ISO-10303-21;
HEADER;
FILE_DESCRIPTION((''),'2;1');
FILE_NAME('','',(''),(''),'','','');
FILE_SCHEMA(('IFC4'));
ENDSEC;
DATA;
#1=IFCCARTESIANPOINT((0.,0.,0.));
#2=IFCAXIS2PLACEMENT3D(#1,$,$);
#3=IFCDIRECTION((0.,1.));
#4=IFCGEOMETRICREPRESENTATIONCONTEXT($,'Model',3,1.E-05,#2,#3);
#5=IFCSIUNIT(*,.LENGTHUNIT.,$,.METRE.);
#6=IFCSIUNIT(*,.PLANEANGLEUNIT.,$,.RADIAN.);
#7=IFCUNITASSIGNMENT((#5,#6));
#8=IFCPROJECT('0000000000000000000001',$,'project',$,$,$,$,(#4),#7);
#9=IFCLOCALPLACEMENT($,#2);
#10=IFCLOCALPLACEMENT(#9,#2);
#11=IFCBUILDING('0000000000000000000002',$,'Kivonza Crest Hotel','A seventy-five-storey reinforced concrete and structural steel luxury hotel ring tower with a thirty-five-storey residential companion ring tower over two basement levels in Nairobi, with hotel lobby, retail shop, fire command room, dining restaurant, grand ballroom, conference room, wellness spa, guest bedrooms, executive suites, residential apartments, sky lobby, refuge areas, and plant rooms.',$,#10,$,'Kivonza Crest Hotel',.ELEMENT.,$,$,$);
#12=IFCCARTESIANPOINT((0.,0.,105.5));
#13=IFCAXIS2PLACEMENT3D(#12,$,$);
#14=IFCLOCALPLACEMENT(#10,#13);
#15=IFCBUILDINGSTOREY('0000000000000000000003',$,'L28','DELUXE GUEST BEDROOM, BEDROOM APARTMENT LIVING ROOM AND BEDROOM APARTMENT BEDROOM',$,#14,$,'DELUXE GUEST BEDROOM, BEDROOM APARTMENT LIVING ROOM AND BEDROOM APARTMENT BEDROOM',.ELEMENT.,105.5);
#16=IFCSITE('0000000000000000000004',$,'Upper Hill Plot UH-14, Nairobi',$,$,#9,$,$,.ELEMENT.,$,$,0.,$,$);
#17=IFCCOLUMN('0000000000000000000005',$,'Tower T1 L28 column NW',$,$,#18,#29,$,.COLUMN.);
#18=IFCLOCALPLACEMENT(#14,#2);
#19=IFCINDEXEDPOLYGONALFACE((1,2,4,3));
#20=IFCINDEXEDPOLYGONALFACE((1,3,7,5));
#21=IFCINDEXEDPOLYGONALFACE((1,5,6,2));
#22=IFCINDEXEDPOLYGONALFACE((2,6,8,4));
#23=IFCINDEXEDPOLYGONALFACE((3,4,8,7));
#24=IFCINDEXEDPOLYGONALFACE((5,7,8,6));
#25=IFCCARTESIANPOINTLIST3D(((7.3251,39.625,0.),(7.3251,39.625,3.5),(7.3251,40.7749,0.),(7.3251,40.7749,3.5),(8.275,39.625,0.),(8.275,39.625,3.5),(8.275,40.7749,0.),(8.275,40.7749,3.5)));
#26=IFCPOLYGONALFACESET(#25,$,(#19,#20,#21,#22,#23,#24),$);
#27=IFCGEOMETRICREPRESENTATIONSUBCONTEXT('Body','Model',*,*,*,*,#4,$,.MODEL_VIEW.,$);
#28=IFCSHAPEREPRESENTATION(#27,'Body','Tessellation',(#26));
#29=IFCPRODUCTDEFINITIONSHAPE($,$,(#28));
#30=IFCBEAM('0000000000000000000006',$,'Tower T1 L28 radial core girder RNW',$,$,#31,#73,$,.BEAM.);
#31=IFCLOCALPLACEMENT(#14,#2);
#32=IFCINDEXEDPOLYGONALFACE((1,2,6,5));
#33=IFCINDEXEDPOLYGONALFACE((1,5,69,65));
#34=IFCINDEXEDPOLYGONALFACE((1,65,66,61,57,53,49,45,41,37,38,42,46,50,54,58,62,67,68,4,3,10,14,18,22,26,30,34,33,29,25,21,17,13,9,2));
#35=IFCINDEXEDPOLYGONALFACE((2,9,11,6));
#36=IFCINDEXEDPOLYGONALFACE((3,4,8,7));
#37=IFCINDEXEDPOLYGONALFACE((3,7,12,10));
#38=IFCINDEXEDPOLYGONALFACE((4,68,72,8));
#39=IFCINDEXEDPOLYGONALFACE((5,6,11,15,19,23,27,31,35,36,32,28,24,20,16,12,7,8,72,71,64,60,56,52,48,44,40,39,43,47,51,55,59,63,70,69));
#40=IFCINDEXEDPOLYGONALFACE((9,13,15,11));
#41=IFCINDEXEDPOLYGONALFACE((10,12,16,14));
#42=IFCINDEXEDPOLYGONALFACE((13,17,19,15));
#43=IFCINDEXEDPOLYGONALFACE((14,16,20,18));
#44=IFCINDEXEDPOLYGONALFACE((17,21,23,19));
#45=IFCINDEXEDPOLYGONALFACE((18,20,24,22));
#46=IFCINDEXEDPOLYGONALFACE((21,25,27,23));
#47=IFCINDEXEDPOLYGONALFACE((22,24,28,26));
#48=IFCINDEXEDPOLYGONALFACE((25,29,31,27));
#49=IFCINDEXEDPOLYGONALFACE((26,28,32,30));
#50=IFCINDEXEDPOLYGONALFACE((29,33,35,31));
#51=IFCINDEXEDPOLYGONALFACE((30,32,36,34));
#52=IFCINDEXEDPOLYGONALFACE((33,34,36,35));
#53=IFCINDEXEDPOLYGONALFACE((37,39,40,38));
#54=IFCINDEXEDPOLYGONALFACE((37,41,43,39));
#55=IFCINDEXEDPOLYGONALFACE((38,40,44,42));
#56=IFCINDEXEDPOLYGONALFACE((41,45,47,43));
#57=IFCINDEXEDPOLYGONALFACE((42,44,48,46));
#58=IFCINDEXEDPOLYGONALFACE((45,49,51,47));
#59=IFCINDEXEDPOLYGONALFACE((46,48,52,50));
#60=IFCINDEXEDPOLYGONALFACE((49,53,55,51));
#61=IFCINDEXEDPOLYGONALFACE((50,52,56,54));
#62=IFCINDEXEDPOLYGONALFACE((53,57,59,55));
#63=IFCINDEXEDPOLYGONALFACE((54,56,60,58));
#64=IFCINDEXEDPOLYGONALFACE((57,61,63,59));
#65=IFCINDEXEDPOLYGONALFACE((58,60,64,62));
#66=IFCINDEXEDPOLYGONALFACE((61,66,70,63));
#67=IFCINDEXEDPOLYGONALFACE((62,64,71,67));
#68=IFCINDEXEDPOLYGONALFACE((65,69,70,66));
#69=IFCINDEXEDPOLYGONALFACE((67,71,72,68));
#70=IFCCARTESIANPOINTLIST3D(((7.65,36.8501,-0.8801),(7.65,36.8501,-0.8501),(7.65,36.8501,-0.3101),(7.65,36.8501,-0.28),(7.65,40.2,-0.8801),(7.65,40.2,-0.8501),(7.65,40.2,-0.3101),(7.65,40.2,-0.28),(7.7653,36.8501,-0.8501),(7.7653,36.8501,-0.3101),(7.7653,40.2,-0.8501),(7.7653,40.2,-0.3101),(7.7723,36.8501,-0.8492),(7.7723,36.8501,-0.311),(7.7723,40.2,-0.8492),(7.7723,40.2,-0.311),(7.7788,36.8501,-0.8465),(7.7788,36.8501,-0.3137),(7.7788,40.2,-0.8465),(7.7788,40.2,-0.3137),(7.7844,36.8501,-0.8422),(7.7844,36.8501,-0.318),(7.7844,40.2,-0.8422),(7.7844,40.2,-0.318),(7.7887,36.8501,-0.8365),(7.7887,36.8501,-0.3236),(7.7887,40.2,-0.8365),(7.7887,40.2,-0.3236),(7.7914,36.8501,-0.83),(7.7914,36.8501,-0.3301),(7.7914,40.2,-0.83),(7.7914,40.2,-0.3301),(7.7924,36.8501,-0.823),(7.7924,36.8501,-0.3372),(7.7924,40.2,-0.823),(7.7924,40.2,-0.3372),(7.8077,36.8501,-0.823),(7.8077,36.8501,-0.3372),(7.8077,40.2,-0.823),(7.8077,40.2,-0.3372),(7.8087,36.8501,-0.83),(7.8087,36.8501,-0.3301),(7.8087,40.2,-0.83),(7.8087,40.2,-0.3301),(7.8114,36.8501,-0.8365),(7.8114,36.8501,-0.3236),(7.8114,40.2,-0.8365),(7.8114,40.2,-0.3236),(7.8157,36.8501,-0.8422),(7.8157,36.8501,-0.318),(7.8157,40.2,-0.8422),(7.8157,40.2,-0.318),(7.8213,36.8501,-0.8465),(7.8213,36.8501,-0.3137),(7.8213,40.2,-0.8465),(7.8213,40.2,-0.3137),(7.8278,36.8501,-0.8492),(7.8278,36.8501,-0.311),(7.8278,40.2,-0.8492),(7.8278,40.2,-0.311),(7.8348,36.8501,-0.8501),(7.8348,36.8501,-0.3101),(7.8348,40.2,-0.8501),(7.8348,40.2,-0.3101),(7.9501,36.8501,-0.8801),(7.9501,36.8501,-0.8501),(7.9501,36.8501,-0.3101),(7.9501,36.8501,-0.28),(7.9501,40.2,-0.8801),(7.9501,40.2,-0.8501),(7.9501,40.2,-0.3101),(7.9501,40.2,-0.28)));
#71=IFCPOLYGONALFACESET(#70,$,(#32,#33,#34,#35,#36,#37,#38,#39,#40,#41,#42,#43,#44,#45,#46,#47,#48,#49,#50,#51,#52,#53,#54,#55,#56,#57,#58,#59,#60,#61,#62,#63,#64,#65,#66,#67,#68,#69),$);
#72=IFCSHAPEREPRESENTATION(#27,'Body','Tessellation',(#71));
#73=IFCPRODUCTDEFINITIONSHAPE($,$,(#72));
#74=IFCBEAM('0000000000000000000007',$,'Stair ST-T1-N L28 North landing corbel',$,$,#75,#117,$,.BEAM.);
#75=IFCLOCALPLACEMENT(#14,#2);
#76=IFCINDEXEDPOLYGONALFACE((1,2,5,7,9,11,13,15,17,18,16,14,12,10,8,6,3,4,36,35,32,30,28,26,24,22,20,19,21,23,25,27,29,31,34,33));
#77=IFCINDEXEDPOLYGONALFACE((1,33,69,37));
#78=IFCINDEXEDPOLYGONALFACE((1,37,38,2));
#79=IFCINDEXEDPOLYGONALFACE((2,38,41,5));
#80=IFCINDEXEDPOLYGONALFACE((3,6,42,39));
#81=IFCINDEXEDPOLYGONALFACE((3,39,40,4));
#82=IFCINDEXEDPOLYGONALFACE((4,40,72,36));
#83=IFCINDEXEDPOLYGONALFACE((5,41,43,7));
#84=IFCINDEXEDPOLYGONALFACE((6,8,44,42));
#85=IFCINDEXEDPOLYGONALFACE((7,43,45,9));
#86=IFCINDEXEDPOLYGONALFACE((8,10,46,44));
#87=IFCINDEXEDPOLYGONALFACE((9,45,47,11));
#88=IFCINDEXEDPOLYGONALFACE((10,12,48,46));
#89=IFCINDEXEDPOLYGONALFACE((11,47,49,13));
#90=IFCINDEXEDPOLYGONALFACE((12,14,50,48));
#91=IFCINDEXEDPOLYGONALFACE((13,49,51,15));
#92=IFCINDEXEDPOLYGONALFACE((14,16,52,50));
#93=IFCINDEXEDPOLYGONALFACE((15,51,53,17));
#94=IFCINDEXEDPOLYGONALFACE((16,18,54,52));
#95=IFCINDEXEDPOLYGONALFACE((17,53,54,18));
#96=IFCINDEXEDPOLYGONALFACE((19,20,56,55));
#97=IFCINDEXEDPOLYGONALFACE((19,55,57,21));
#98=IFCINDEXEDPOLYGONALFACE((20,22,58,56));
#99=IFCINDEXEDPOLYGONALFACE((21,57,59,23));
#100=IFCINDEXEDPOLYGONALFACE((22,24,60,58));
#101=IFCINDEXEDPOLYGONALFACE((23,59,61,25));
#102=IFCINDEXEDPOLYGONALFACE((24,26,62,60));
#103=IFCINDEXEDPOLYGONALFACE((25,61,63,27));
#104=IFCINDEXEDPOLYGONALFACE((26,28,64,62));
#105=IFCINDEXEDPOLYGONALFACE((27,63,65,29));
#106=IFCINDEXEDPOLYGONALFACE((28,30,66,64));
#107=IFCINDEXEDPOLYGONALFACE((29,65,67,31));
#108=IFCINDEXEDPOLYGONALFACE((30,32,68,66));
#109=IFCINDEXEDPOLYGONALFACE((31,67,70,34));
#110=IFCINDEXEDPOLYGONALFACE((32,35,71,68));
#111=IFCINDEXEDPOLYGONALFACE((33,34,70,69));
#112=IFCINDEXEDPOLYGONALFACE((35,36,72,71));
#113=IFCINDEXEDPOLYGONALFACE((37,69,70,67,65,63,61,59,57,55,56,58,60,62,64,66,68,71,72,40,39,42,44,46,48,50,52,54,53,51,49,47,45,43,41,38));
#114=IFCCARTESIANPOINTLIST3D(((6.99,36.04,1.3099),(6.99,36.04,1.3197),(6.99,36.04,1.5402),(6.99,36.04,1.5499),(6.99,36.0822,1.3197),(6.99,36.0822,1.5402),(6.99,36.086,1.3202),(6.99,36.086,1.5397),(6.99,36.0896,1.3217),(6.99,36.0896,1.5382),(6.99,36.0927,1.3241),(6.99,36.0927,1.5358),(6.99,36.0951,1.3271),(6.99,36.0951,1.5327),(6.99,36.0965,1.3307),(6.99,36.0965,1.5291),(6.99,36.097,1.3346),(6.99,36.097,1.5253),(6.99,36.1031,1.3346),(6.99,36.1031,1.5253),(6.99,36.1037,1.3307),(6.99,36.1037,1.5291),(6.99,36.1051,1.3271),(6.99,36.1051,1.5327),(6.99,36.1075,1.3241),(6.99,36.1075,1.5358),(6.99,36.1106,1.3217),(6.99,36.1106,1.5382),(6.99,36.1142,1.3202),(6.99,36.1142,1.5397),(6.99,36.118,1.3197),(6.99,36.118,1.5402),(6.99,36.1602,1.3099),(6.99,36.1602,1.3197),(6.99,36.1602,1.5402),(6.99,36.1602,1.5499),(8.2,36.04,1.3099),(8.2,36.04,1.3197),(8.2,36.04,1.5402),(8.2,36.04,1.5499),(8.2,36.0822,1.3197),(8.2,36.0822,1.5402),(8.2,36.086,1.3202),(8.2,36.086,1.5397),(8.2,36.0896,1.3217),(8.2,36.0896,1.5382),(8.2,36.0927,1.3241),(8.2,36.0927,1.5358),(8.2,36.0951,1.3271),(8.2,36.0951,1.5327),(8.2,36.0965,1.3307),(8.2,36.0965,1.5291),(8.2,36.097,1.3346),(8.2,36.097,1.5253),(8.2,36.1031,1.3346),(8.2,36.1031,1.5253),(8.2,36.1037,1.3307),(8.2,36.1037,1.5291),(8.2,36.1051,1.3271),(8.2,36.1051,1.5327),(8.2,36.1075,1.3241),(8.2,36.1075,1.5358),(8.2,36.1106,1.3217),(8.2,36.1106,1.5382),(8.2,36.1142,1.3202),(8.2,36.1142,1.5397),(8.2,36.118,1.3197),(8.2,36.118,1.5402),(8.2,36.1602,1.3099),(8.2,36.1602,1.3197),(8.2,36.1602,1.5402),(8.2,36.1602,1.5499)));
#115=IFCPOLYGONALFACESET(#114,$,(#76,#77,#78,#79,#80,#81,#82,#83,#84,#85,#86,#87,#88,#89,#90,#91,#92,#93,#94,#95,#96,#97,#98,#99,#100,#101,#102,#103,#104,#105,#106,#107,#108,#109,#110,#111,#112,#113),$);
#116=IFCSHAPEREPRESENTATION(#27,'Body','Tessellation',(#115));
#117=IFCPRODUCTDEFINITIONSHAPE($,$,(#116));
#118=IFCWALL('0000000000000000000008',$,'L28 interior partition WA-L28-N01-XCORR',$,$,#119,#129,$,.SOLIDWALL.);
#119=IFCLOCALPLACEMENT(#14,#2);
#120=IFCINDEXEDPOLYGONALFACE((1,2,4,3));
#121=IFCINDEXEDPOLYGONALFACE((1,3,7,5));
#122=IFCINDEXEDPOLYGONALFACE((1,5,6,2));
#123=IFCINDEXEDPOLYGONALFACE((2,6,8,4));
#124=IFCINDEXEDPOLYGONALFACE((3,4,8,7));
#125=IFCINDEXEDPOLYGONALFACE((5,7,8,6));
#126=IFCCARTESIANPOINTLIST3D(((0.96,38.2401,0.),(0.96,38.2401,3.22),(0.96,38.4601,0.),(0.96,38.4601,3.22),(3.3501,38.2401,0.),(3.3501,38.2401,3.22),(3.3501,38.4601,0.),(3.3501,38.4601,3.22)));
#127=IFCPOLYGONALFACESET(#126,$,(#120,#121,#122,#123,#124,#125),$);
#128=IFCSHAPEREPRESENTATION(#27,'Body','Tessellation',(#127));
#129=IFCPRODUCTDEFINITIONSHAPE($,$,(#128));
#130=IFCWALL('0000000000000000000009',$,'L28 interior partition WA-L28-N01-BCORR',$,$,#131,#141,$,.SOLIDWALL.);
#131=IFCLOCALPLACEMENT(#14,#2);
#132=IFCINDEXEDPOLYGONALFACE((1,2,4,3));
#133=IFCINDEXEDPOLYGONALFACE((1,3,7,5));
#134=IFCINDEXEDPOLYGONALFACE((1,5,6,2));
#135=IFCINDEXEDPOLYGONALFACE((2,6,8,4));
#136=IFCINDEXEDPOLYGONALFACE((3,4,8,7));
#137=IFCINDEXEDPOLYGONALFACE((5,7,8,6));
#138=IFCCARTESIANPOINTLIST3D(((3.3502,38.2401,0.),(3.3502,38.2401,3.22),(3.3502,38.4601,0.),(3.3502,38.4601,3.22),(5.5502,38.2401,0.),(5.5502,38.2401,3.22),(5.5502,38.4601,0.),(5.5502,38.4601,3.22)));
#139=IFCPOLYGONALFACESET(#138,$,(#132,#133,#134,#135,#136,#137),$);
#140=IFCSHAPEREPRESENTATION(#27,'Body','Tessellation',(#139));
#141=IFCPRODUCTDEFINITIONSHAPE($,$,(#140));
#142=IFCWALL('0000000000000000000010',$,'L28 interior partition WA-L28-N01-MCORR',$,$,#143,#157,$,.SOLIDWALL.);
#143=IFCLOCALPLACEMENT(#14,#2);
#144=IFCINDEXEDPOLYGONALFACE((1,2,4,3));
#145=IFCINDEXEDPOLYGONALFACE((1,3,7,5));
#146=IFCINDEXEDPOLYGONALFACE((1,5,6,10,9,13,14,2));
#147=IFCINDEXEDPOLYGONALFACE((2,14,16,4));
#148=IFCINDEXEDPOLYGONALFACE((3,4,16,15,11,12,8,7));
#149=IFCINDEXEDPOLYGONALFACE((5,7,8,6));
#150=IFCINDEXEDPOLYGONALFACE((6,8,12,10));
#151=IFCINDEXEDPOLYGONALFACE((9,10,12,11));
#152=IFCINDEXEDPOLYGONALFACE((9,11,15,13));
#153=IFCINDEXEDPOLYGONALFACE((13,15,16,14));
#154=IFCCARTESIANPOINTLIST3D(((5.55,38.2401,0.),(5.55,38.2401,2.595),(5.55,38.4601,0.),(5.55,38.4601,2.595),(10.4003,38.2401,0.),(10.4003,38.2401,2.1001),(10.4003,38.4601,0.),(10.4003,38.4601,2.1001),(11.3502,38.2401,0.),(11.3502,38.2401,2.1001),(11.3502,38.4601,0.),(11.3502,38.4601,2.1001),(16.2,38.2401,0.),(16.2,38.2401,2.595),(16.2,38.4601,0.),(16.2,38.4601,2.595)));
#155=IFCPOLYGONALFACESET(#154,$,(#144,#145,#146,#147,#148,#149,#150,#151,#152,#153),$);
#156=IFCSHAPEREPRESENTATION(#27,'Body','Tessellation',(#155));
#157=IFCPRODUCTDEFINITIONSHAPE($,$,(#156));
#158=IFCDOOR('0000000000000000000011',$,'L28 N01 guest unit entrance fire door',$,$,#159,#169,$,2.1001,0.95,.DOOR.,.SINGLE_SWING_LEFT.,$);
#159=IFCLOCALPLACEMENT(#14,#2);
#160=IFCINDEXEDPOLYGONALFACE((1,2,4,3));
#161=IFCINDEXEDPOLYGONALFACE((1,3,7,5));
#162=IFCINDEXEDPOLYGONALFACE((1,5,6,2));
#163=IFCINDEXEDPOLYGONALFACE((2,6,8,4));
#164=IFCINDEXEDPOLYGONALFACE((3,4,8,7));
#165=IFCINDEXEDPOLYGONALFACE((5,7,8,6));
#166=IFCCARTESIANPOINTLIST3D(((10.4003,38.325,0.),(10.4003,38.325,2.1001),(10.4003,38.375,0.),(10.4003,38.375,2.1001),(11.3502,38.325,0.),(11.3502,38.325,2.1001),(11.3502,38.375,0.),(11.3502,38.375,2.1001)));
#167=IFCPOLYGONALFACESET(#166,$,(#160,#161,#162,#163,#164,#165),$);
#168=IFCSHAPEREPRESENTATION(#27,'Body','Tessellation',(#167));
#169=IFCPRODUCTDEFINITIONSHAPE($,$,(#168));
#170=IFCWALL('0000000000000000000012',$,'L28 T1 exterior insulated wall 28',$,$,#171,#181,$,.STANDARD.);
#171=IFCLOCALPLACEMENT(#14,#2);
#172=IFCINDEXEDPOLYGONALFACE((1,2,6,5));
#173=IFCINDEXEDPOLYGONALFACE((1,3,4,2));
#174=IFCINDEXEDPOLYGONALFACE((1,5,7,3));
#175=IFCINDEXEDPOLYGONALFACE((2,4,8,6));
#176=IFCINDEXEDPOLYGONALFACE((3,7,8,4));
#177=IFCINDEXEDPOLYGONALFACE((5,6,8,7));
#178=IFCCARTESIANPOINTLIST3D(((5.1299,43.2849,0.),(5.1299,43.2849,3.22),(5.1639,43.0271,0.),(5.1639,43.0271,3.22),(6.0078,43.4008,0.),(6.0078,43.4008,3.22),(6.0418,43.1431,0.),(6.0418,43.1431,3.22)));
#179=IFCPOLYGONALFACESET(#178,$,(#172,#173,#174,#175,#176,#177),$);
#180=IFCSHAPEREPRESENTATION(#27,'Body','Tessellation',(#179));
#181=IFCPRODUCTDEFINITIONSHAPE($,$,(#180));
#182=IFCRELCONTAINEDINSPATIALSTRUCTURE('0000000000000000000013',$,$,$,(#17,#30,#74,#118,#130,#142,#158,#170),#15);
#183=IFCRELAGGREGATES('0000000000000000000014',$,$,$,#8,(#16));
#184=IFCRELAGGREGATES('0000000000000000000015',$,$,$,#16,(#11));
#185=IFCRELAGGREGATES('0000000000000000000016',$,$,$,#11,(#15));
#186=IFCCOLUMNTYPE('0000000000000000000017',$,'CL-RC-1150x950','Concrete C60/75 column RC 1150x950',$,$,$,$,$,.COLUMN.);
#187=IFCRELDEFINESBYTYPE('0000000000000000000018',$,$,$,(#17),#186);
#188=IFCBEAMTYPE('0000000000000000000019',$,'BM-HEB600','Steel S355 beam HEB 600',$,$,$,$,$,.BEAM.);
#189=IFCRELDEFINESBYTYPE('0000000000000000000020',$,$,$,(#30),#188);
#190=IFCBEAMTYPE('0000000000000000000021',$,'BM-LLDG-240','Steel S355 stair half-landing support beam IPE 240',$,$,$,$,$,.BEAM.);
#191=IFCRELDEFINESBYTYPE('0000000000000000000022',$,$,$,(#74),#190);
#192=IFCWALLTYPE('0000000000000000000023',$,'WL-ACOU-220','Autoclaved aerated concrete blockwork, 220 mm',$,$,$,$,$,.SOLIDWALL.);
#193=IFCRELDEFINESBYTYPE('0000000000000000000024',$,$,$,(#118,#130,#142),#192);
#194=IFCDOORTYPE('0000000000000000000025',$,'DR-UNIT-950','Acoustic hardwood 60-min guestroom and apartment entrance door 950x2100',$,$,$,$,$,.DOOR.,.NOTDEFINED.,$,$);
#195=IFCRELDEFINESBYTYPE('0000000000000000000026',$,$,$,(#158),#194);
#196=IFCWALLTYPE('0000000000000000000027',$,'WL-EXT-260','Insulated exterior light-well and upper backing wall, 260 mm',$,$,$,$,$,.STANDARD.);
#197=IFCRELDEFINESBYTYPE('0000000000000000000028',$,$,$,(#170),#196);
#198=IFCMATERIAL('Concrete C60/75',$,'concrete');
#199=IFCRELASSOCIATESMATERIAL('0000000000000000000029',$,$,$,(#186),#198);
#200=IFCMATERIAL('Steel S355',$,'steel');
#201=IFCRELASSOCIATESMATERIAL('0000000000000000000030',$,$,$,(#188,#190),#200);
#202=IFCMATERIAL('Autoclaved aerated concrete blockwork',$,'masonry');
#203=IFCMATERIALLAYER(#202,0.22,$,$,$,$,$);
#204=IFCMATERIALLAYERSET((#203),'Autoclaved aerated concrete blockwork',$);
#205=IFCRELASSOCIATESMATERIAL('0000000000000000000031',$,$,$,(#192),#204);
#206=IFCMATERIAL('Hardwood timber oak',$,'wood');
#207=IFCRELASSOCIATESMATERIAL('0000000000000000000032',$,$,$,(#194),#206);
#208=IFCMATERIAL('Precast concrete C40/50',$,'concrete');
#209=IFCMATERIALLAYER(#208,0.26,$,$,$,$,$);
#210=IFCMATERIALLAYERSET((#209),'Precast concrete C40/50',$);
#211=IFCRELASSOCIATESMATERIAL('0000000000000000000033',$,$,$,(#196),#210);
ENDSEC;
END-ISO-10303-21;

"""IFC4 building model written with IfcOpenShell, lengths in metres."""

from ifc_helpers import new_model, si_unit, direction, frame, frame_2d, origin, origin_2d, place, context, subcontext, project, spatial, rectangle, i_section, extrude, material, layer, layer_set, material_profile, profile_set, type_object, element, fill, save


model = new_model("IFC4")

# Units and contexts
model_context = context("Model", 3, precision=1e-05, world=origin(), true_north=direction((0.0, 1.0)))
body_context = subcontext(model_context, "Body", "Model", "MODEL_VIEW")
ifc_project = project(units=[si_unit("LENGTHUNIT", "METRE"), si_unit("PLANEANGLEUNIT", "RADIAN")], contexts=[model_context])

# Site, building, storey
site_placement = place(None, origin())
site = spatial("IfcSite", under=ifc_project, at=site_placement, Name="Upper Hill Plot UH-14, Nairobi", CompositionType="ELEMENT", RefElevation=0.0)
building_placement = place(site_placement, origin())
building = spatial("IfcBuilding", under=site, at=building_placement, Name="Kivonza Crest Hotel", Description="A seventy-five-storey reinforced concrete and structural steel luxury hotel ring tower with a thirty-five-storey residential companion ring tower over two basement levels in Nairobi, with hotel lobby, retail shop, fire command room, dining restaurant, grand ballroom, conference room, wellness spa, guest bedrooms, executive suites, residential apartments, sky lobby, refuge areas, and plant rooms.", LongName="Kivonza Crest Hotel", CompositionType="ELEMENT")
storey_placement = place(building_placement, frame((0.0, 0.0, 105.5)))
storey = spatial("IfcBuildingStorey", under=building, at=storey_placement, Name="L28", Description="DELUXE GUEST BEDROOM, BEDROOM APARTMENT LIVING ROOM AND BEDROOM APARTMENT BEDROOM", LongName="DELUXE GUEST BEDROOM, BEDROOM APARTMENT LIVING ROOM AND BEDROOM APARTMENT BEDROOM", CompositionType="ELEMENT", Elevation=105.5)

# Column
ifc_material_1 = material(Name="Concrete C60/75", Category="concrete")
ifc_material_profile_1 = material_profile(ifc_material_1, rectangle(XDim=0.95, YDim=1.1499, at=origin_2d()), Name="RC 1150x950")
ifc_profile_set_1 = profile_set([ifc_material_profile_1], Name="Concrete C60/75")
column_type = type_object("IfcColumnType", Name="CL-RC-1150x950", Description="Concrete C60/75 column RC 1150x950", PredefinedType="COLUMN", material=ifc_profile_set_1)
column_placement = place(storey_placement, frame((7.8, 40.2, 0.0), z_axis=(0.0, 0.0, 1.0), x_axis=(1.0, 0.0, 0.0)))
element("IfcColumn", 1, at=column_placement, inside=storey, type_object=column_type, Name="Tower T1 L28 column NW", PredefinedType="COLUMN", context=body_context, shape_type="SweptSolid", body=[
    extrude(rectangle(XDim=0.95, YDim=1.1499, at=origin_2d()), origin(), (0.0, 0.0, 1.0), 3.5),
])

# Beams
ifc_material_2 = material(Name="Steel S355", Category="steel")
ifc_material_profile_2 = material_profile(ifc_material_2, i_section(OverallWidth=0.3, OverallDepth=0.6001, WebThickness=0.0154, FlangeThickness=0.03, FilletRadius=0.0271, at=origin_2d()), Name="HEB 600")
ifc_profile_set_2 = profile_set([ifc_material_profile_2], Name="Steel S355")
beam_type_1 = type_object("IfcBeamType", Name="BM-HEB600", Description="Steel S355 beam HEB 600", PredefinedType="BEAM", material=ifc_profile_set_2)
beam_1_placement = place(storey_placement, frame((7.8, 40.2, -0.5801), z_axis=(0.0, -1.0, 0.0), x_axis=(1.0, 0.0, 0.0)))
element("IfcBeam", 2, at=beam_1_placement, inside=storey, type_object=beam_type_1, Name="Tower T1 L28 radial core girder RNW", PredefinedType="BEAM", context=body_context, shape_type="SweptSolid", body=[
    extrude(i_section(OverallWidth=0.3, OverallDepth=0.6001, WebThickness=0.0154, FlangeThickness=0.03, FilletRadius=0.0271, at=origin_2d()), origin(), (0.0, 0.0, 1.0), 3.3499),
])
ifc_material_profile_3 = material_profile(ifc_material_2, i_section(OverallWidth=0.1201, OverallDepth=0.24, WebThickness=0.0061, FlangeThickness=0.0098, FilletRadius=0.0149, at=origin_2d()), Name="IPE 240")
ifc_profile_set_3 = profile_set([ifc_material_profile_3], Name="Steel S355")
beam_type_2 = type_object("IfcBeamType", Name="BM-LLDG-240", Description="Steel S355 stair half-landing support beam IPE 240", PredefinedType="BEAM", material=ifc_profile_set_3)
beam_2_placement = place(storey_placement, frame((6.99, 36.1001, 1.4299), z_axis=(1.0, 0.0, 0.0), x_axis=(0.0, 1.0, 0.0)))
element("IfcBeam", 3, at=beam_2_placement, inside=storey, type_object=beam_type_2, Name="Stair ST-T1-N L28 North landing corbel", PredefinedType="BEAM", context=body_context, shape_type="SweptSolid", body=[
    extrude(i_section(OverallWidth=0.1201, OverallDepth=0.24, WebThickness=0.0061, FlangeThickness=0.0098, FilletRadius=0.0149, at=origin_2d()), origin(), (0.0, 0.0, 1.0), 1.21),
])

# Walls
ifc_material_3 = material(Name="Autoclaved aerated concrete blockwork", Category="masonry")
ifc_layer_1 = layer(ifc_material_3, 0.22)
ifc_layer_set_1 = layer_set([ifc_layer_1], Name="Autoclaved aerated concrete blockwork")
wall_type_1 = type_object("IfcWallType", Name="WL-ACOU-220", Description="Autoclaved aerated concrete blockwork, 220 mm", PredefinedType="SOLIDWALL", material=ifc_layer_set_1)
wall_1_placement = place(storey_placement, frame((0.96, 38.3501, 0.0), z_axis=(0.0, 0.0, 1.0), x_axis=(1.0, 0.0, 0.0)))
element("IfcWall", 4, at=wall_1_placement, inside=storey, type_object=wall_type_1, Name="L28 interior partition WA-L28-N01-XCORR", PredefinedType="SOLIDWALL", context=body_context, shape_type="SweptSolid", body=[
    extrude(rectangle(XDim=2.3901, YDim=0.22, at=frame_2d((1.1951, 0.0))), origin(), (0.0, 0.0, 1.0), 3.22),
])
wall_2_placement = place(storey_placement, frame((3.3501, 38.3501, 0.0), z_axis=(0.0, 0.0, 1.0), x_axis=(1.0, 0.0, 0.0)))
element("IfcWall", 5, at=wall_2_placement, inside=storey, type_object=wall_type_1, Name="L28 interior partition WA-L28-N01-BCORR", PredefinedType="SOLIDWALL", context=body_context, shape_type="SweptSolid", body=[
    extrude(rectangle(XDim=2.2, YDim=0.22, at=frame_2d((1.1001, 0.0))), origin(), (0.0, 0.0, 1.0), 3.22),
])

# Wall, opening, door
wall_3_placement = place(storey_placement, frame((5.55, 38.3501, 0.0), z_axis=(0.0, 0.0, 1.0), x_axis=(1.0, 0.0, 0.0)))
wall_3 = element("IfcWall", 6, at=wall_3_placement, inside=storey, type_object=wall_type_1, Name="L28 interior partition WA-L28-N01-MCORR", PredefinedType="SOLIDWALL", context=body_context, shape_type="SweptSolid", body=[
    extrude(rectangle(XDim=10.6499, YDim=0.22, at=frame_2d((5.325, 0.0))), origin(), (0.0, 0.0, 1.0), 2.595),
])
opening_1_placement = place(wall_3_placement, frame((4.8501, 0.0, 0.0)))
opening_1 = element("IfcOpeningElement", 7, at=opening_1_placement, cuts=wall_3, PredefinedType="OPENING", context=body_context, shape_type="SweptSolid", body=[
    extrude(rectangle(XDim=0.95, YDim=2.1001, at=frame_2d((0.4751, 1.05))), frame((0.0, 0.1201, 0.0), z_axis=(0.0, -1.0, 0.0), x_axis=(1.0, 0.0, 0.0)), (0.0, 0.0, 1.0), 0.24),
])
ifc_material_4 = material(Name="Hardwood timber oak", Category="wood")
door_type_1 = type_object("IfcDoorType", Name="DR-UNIT-950", Description="Acoustic hardwood 60-min guestroom and apartment entrance door 950x2100", OperationType="NOTDEFINED", PredefinedType="DOOR", material=ifc_material_4)
door_1_placement = place(opening_1_placement, origin())
door_1 = element("IfcDoor", 8, at=door_1_placement, inside=storey, type_object=door_type_1, Name="L28 N01 guest unit entrance fire door", OperationType="SINGLE_SWING_LEFT", OverallHeight=2.1001, OverallWidth=0.95, PredefinedType="DOOR", context=body_context, shape_type="SweptSolid", body=[
    extrude(rectangle(XDim=0.95, YDim=2.1001, at=frame_2d((0.4751, 1.05))), frame((0.0, 0.0249, 0.0), z_axis=(0.0, -1.0, 0.0), x_axis=(1.0, 0.0, 0.0)), (0.0, 0.0, 1.0), 0.05),
])
fill(opening_1, door_1)

# Wall
ifc_material_5 = material(Name="Precast concrete C40/50", Category="concrete")
ifc_layer_2 = layer(ifc_material_5, 0.26)
ifc_layer_set_2 = layer_set([ifc_layer_2], Name="Precast concrete C40/50")
wall_type_2 = type_object("IfcWallType", Name="WL-EXT-260", Description="Insulated exterior light-well and upper backing wall, 260 mm", PredefinedType="STANDARD", material=ifc_layer_set_2)
wall_4_placement = place(storey_placement, frame((6.0249, 43.272, 0.0), z_axis=(0.0, 0.0, 1.0), x_axis=(-0.991388, -0.130954, 0.0)))
element("IfcWall", 9, at=wall_4_placement, inside=storey, type_object=wall_type_2, Name="L28 T1 exterior insulated wall 28", PredefinedType="STANDARD", context=body_context, shape_type="SweptSolid", body=[
    extrude(rectangle(XDim=0.8855, YDim=0.26, at=frame_2d((0.4429, 0.0))), origin(), (0.0, 0.0, 1.0), 3.22),
])

save(model, "model.ifc")
